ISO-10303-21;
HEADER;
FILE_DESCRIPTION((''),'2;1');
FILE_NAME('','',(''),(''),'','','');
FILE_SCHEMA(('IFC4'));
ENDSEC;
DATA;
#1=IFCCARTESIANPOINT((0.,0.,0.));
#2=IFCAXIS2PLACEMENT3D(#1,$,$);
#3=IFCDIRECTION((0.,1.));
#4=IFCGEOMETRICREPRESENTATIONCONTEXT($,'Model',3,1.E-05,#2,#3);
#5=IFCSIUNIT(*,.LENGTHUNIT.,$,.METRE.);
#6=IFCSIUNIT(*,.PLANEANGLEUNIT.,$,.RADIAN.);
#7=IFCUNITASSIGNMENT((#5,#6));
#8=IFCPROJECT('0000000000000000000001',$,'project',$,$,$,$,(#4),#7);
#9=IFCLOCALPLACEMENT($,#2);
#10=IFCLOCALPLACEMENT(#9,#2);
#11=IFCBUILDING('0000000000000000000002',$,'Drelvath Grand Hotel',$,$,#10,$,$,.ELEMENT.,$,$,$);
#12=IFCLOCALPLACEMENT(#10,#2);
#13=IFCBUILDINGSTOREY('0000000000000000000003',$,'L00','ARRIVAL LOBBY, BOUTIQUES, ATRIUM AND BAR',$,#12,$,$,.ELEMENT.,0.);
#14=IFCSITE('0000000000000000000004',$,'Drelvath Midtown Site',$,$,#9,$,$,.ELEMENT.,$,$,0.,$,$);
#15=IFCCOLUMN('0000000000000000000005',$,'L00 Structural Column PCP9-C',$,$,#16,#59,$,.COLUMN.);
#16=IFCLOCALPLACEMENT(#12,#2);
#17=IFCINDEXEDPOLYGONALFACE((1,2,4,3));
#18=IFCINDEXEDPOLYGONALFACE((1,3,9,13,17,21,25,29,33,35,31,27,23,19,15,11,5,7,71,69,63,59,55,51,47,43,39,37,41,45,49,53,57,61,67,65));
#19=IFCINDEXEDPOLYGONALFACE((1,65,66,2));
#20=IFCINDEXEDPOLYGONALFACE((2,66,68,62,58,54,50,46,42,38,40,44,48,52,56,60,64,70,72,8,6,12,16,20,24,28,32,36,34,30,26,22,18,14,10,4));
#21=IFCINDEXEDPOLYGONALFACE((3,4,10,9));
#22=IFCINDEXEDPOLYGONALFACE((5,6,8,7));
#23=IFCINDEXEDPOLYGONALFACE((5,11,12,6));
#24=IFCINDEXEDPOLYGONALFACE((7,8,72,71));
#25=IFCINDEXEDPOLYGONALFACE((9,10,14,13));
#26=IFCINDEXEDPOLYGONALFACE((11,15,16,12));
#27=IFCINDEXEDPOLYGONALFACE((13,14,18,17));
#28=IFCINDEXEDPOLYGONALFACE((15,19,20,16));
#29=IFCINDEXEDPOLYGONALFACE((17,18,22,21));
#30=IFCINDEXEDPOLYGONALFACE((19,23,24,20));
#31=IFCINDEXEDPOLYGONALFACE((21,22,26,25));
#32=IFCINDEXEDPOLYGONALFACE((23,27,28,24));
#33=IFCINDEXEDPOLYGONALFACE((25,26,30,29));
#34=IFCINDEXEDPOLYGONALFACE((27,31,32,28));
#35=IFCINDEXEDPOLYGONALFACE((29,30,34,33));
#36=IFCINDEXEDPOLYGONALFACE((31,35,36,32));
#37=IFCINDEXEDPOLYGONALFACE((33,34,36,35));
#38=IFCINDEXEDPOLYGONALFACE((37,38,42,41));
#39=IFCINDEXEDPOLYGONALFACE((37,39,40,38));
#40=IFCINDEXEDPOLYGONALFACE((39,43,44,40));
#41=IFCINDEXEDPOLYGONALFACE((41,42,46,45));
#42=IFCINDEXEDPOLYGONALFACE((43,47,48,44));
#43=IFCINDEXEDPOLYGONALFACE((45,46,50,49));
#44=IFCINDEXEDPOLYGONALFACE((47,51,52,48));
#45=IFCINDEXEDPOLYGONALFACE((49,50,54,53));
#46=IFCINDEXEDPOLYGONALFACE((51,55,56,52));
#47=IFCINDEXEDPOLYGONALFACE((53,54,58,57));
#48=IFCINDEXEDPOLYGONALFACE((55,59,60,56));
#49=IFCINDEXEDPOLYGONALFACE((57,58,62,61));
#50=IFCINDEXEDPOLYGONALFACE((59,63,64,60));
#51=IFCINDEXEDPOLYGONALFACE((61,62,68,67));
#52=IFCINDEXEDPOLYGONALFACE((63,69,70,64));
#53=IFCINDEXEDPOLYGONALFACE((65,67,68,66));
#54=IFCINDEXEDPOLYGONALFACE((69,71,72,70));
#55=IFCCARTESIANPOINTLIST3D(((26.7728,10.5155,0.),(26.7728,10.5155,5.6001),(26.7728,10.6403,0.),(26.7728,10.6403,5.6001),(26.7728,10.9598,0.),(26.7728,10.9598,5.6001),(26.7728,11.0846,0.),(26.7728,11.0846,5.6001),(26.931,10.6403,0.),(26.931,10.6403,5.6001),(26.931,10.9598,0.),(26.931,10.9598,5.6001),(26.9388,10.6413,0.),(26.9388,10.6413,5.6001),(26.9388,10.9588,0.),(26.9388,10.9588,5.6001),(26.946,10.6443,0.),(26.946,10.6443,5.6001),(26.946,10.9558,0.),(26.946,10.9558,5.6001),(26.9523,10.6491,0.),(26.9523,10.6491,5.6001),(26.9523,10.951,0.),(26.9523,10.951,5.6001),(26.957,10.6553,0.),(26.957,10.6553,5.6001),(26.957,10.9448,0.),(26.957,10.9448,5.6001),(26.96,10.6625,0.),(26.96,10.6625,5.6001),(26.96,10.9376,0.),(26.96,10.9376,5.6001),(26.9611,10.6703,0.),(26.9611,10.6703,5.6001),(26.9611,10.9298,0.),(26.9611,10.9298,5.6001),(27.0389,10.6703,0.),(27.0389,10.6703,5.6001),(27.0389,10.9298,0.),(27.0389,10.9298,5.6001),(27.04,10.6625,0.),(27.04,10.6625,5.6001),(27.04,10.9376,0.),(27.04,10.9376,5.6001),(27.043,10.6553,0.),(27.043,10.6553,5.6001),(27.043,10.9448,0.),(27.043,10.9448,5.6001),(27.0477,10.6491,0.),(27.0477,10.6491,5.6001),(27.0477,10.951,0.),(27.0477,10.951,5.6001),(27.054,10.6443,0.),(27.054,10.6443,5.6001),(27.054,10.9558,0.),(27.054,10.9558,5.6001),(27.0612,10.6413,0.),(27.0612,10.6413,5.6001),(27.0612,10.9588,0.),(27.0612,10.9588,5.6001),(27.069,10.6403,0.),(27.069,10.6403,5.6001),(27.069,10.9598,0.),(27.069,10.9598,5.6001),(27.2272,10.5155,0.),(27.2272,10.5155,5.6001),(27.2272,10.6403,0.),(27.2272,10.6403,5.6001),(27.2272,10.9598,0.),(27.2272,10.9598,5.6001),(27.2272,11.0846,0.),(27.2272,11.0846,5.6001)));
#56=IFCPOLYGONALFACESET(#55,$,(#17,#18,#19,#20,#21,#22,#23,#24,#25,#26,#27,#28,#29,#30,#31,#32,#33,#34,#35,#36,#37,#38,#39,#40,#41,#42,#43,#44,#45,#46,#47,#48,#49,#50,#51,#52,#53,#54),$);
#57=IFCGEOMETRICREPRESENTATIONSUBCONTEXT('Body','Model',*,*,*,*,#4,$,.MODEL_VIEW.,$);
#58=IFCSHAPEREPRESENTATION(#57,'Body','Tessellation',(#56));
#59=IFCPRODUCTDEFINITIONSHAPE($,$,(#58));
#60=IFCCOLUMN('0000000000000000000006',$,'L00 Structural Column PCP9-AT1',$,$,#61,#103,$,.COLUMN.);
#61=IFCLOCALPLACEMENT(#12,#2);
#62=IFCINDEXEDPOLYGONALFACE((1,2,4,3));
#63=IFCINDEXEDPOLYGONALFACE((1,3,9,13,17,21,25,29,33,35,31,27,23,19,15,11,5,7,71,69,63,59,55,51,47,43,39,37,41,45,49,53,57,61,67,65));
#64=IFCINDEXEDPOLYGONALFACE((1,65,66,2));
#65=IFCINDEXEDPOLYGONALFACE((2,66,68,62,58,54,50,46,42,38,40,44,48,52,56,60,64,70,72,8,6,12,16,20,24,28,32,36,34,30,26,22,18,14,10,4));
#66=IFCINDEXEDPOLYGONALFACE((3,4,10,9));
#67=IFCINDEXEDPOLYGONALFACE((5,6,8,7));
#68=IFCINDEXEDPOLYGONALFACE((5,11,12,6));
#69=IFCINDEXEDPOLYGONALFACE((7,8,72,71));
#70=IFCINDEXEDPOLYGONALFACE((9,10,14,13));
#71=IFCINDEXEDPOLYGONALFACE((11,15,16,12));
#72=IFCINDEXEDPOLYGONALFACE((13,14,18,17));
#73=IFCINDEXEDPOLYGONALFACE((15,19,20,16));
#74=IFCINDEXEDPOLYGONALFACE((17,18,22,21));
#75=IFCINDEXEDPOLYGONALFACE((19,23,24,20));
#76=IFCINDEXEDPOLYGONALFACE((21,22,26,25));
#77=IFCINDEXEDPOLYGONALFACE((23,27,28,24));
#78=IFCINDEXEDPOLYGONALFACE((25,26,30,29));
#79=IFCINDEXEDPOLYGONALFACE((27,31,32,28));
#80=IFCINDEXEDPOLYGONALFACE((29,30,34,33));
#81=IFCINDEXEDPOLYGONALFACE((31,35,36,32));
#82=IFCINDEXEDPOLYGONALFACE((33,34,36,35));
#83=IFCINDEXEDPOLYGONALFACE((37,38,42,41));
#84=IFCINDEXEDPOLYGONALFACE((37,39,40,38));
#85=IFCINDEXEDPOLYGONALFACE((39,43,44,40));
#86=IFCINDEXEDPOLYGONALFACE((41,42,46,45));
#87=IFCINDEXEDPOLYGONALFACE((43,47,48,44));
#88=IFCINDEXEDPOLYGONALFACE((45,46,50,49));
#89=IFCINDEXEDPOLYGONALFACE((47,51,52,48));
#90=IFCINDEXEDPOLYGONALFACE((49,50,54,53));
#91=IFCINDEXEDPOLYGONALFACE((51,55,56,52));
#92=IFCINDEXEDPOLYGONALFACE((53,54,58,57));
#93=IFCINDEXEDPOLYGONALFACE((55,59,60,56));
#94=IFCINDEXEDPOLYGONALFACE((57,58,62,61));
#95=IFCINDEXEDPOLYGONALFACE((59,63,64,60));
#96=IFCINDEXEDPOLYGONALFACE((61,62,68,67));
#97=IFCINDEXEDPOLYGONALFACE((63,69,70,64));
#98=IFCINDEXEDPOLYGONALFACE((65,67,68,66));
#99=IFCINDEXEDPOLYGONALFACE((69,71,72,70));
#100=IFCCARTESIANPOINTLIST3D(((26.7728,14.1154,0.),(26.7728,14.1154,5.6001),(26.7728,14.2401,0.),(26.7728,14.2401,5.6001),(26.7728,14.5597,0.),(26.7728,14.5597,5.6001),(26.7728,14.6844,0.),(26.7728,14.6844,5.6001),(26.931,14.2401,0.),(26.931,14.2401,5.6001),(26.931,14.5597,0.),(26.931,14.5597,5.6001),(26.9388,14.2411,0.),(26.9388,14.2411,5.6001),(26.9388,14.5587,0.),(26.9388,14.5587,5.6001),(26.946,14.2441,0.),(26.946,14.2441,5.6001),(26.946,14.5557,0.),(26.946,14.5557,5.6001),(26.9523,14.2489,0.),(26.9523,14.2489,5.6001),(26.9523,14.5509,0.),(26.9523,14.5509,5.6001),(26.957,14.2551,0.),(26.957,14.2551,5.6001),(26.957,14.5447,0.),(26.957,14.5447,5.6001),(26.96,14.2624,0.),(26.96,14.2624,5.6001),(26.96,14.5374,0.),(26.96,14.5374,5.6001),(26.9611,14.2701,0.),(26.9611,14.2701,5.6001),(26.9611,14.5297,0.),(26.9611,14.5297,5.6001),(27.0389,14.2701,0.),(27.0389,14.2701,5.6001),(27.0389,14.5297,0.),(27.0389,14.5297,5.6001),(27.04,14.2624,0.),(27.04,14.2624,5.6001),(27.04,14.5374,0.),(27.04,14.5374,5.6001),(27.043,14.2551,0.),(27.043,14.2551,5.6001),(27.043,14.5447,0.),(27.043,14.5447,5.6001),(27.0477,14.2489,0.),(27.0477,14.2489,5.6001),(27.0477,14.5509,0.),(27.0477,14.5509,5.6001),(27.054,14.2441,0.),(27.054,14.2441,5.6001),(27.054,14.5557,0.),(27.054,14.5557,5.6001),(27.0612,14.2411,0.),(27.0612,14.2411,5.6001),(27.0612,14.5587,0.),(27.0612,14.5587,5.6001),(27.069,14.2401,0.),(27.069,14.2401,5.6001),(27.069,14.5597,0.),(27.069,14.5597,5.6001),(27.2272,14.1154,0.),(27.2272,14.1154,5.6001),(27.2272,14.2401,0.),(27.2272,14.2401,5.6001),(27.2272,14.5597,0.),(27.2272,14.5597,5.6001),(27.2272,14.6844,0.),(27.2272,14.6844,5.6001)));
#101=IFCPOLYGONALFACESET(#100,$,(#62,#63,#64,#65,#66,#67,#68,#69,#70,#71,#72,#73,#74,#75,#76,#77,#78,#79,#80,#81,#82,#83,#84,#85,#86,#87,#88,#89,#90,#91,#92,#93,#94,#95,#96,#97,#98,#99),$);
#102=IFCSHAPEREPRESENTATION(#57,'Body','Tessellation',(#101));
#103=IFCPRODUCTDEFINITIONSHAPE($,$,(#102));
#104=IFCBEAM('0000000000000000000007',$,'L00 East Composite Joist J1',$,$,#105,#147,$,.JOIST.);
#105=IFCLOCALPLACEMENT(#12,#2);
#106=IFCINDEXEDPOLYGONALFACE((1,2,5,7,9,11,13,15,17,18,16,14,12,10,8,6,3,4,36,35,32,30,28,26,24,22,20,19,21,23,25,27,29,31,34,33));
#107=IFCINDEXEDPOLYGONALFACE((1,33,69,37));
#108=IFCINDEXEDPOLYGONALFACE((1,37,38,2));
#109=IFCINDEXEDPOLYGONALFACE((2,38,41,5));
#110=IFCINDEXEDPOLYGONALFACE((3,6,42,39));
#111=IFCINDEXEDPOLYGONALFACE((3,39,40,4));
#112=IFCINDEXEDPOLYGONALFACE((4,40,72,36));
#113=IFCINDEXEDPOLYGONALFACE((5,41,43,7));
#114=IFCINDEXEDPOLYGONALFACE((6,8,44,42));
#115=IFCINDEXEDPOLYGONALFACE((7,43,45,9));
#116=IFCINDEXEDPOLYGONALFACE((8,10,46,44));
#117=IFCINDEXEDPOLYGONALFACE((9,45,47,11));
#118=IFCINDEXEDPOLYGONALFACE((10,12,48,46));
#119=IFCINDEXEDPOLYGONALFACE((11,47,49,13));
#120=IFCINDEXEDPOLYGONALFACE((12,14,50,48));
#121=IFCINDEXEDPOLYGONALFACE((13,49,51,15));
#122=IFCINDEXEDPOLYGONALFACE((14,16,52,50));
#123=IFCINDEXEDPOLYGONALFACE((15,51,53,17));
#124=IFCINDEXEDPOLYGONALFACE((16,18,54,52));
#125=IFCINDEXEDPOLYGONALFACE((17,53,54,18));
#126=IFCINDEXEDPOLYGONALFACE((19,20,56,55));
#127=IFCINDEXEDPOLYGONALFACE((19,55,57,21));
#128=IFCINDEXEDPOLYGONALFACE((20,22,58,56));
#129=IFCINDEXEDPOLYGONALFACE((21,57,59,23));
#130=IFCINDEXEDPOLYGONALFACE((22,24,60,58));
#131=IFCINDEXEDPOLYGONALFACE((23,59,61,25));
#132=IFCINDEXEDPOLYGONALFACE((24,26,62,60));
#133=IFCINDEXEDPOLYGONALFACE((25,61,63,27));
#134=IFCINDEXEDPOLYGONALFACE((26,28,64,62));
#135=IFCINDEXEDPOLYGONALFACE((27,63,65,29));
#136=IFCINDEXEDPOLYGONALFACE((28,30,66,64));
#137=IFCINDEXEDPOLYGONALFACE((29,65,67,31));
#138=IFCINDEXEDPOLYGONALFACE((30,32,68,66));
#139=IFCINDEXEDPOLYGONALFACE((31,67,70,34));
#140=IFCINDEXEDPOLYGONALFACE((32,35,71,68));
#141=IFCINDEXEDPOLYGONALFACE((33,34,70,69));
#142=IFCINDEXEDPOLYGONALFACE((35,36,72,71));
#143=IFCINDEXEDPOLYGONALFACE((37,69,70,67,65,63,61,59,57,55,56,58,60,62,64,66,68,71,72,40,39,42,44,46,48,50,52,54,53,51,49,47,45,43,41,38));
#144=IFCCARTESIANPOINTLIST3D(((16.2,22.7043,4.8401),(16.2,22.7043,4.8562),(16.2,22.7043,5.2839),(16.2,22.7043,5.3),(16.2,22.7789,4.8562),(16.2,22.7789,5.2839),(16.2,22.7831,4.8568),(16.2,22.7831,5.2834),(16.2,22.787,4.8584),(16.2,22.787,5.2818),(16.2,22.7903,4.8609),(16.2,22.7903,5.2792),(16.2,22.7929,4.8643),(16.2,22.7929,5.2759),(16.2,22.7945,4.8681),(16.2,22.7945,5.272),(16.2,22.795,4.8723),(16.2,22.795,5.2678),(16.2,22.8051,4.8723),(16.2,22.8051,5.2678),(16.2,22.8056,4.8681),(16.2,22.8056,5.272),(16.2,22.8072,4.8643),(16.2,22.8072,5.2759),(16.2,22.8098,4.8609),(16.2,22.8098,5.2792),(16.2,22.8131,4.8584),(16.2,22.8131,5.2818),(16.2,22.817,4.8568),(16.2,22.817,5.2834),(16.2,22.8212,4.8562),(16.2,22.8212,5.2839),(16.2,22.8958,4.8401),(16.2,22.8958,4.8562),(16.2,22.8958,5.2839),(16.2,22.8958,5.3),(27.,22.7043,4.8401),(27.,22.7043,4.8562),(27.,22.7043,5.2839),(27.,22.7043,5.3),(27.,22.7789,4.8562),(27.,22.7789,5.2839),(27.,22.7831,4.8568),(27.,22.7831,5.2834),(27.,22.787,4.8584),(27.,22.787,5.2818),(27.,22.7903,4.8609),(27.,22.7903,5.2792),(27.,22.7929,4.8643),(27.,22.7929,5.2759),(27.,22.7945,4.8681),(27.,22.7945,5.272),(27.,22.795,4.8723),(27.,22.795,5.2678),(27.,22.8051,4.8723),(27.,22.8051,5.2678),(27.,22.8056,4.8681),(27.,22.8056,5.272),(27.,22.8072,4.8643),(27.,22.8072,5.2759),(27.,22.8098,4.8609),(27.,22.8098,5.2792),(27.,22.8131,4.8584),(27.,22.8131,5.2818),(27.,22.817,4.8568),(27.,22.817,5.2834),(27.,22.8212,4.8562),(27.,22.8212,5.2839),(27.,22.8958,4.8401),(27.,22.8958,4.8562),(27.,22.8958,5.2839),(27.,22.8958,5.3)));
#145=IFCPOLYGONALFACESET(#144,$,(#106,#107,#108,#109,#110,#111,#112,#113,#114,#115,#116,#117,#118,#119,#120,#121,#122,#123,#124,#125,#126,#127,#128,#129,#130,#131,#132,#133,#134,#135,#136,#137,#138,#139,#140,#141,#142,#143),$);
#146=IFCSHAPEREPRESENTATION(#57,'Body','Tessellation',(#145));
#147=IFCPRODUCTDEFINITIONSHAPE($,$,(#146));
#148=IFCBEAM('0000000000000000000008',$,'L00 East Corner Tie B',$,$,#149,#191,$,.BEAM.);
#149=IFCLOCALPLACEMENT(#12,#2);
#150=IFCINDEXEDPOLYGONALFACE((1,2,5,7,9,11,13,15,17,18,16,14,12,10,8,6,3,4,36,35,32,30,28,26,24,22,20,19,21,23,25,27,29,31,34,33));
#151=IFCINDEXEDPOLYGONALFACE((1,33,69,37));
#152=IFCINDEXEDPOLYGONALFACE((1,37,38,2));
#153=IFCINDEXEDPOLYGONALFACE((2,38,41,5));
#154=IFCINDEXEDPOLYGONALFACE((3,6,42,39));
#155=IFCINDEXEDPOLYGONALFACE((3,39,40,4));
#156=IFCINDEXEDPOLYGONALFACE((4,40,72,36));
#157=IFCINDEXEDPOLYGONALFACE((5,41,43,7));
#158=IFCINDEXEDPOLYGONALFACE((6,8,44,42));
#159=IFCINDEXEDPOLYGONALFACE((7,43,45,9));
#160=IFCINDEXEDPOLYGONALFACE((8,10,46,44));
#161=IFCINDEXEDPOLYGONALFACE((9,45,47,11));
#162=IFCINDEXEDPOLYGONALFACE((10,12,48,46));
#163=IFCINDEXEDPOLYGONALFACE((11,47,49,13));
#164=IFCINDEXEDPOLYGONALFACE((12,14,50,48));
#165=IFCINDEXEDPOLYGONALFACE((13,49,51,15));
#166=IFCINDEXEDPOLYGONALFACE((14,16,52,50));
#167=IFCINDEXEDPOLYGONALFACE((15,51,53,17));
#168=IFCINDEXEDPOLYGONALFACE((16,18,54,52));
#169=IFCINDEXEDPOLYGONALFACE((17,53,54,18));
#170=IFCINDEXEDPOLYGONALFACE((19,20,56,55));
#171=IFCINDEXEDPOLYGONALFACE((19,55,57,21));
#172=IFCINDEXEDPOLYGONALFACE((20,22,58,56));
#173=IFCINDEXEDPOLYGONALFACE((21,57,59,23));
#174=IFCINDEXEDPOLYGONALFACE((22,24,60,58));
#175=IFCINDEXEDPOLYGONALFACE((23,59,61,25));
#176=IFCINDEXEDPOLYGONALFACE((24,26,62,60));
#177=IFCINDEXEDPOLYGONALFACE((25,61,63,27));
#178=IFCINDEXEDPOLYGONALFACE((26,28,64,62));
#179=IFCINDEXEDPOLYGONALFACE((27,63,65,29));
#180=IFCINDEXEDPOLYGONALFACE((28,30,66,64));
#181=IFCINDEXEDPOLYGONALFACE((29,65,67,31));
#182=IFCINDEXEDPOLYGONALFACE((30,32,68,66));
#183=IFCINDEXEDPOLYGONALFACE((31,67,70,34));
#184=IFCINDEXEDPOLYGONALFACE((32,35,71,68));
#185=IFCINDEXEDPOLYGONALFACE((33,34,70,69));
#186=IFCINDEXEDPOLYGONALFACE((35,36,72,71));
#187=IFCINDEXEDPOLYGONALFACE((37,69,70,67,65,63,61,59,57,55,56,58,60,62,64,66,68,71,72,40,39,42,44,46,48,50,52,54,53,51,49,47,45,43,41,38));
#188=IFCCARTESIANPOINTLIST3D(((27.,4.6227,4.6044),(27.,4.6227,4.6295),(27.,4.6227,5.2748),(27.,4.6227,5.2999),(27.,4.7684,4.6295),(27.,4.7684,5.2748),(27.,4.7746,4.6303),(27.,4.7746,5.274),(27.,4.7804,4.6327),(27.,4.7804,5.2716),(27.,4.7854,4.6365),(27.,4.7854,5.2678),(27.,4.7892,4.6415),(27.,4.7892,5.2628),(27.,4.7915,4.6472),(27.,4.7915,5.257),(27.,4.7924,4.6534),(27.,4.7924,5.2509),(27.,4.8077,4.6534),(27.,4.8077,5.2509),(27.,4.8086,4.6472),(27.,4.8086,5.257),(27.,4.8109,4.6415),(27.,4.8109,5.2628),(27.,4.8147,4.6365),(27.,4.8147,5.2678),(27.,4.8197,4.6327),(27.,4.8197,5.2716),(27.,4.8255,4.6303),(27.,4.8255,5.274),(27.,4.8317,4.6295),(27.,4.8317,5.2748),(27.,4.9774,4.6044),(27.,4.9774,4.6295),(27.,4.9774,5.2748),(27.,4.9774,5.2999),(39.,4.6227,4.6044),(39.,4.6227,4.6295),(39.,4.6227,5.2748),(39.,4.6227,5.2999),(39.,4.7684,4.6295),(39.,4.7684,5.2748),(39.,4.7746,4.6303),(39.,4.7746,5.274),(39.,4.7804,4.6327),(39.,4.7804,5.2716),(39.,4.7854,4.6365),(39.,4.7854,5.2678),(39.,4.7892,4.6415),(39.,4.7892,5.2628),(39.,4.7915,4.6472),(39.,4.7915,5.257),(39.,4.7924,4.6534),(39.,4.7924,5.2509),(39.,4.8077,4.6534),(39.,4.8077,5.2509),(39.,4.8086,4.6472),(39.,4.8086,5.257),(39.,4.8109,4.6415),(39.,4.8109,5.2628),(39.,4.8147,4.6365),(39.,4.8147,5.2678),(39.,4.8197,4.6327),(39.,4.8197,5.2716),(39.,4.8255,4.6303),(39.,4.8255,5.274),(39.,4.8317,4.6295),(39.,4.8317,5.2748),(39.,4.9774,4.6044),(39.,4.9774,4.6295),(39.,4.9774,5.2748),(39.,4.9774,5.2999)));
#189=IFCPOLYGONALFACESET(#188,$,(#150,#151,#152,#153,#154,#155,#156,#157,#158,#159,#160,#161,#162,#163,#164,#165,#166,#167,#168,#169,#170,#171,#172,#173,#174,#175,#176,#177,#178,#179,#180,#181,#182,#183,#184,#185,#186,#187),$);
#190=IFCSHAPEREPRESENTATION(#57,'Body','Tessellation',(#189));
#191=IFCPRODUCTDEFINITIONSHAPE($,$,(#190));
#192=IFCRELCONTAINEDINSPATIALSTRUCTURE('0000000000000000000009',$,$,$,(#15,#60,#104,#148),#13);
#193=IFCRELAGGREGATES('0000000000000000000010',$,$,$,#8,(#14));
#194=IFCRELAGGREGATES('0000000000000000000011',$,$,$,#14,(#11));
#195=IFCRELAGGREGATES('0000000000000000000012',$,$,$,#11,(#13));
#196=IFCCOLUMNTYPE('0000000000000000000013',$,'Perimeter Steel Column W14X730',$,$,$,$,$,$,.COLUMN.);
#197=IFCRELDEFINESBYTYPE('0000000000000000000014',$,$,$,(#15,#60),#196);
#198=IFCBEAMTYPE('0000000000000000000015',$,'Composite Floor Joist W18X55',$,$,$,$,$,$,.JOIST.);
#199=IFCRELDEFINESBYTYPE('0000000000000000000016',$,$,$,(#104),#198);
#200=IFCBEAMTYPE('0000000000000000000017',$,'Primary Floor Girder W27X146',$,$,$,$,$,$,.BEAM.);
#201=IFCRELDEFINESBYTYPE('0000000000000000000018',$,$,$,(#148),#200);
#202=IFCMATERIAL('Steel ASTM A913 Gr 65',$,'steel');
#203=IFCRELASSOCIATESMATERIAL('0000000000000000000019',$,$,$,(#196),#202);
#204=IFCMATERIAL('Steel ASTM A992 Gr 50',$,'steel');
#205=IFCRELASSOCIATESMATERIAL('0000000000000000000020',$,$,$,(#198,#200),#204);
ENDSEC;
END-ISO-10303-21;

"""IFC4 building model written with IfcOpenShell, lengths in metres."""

from ifc_helpers import new_model, si_unit, direction, frame, origin, origin_2d, place, context, subcontext, project, spatial, i_section, extrude, material, material_profile, profile_set, type_object, element, save


model = new_model("IFC4")

# Units and contexts
model_context = context("Model", 3, precision=1e-05, world=origin(), true_north=direction((0.0, 1.0)))
body_context = subcontext(model_context, "Body", "Model", "MODEL_VIEW")
ifc_project = project(units=[si_unit("LENGTHUNIT", "METRE"), si_unit("PLANEANGLEUNIT", "RADIAN")], contexts=[model_context])

# Site, building, storey
site_placement = place(None, origin())
site = spatial("IfcSite", under=ifc_project, at=site_placement, Name="Drelvath Midtown Site", CompositionType="ELEMENT", RefElevation=0.0)
building_placement = place(site_placement, origin())
building = spatial("IfcBuilding", under=site, at=building_placement, Name="Drelvath Grand Hotel", CompositionType="ELEMENT")
storey_placement = place(building_placement, origin())
storey = spatial("IfcBuildingStorey", under=building, at=storey_placement, Name="L00", Description="ARRIVAL LOBBY, BOUTIQUES, ATRIUM AND BAR", CompositionType="ELEMENT", Elevation=0.0)

# Columns
ifc_material_1 = material(Name="Steel ASTM A913 Gr 65", Category="steel")
ifc_material_profile_1 = material_profile(ifc_material_1, i_section(OverallWidth=0.4543, OverallDepth=0.5691, WebThickness=0.0779, FlangeThickness=0.1248, FilletRadius=0.03, at=origin_2d()), Name="W14X730")
ifc_profile_set_1 = profile_set([ifc_material_profile_1], Name="Steel ASTM A913 Gr 65")
column_type_1 = type_object("IfcColumnType", Name="Perimeter Steel Column W14X730", PredefinedType="COLUMN", material=ifc_profile_set_1)
for number, where, z_axis, x_axis, name in (
    (1, (27.0, 10.8, 0.0), (0.0, 0.0, 1.0), (1.0, 0.0, 0.0), "L00 Structural Column PCP9-C"),
    (2, (27.0, 14.3999, 0.0), (0.0, 0.0, 1.0), (1.0, 0.0, 0.0), "L00 Structural Column PCP9-AT1"),
):
    element("IfcColumn", number, at=place(storey_placement, frame(where, z_axis=z_axis, x_axis=x_axis)), inside=storey, type_object=column_type_1, Name=name, PredefinedType="COLUMN", context=body_context, shape_type="SweptSolid", body=[
        extrude(i_section(OverallWidth=0.4543, OverallDepth=0.5691, WebThickness=0.0779, FlangeThickness=0.1248, FilletRadius=0.03, at=origin_2d()), origin(), (0.0, 0.0, 1.0), 5.6001),
    ])

# Beams
ifc_material_2 = material(Name="Steel ASTM A992 Gr 50", Category="steel")
ifc_material_profile_2 = material_profile(ifc_material_2, i_section(OverallWidth=0.1914, OverallDepth=0.46, WebThickness=0.01, FlangeThickness=0.0161, FilletRadius=0.0161, at=origin_2d()), Name="W18X55")
ifc_profile_set_2 = profile_set([ifc_material_profile_2], Name="Steel ASTM A992 Gr 50")
beam_type_1 = type_object("IfcBeamType", Name="Composite Floor Joist W18X55", PredefinedType="JOIST", material=ifc_profile_set_2)
beam_1_placement = place(storey_placement, frame((16.2, 22.8, 5.0701), z_axis=(1.0, 0.0, 0.0), x_axis=(0.0, 1.0, 0.0)))
element("IfcBeam", 3, at=beam_1_placement, inside=storey, type_object=beam_type_1, Name="L00 East Composite Joist J1", PredefinedType="JOIST", context=body_context, shape_type="SweptSolid", body=[
    extrude(i_section(OverallWidth=0.1914, OverallDepth=0.46, WebThickness=0.01, FlangeThickness=0.0161, FilletRadius=0.0161, at=origin_2d()), origin(), (0.0, 0.0, 1.0), 10.8),
])
ifc_material_profile_3 = material_profile(ifc_material_2, i_section(OverallWidth=0.3547, OverallDepth=0.6956, WebThickness=0.0154, FlangeThickness=0.0251, FilletRadius=0.0239, at=origin_2d()), Name="W27X146")
ifc_profile_set_3 = profile_set([ifc_material_profile_3], Name="Steel ASTM A992 Gr 50")
beam_type_2 = type_object("IfcBeamType", Name="Primary Floor Girder W27X146", PredefinedType="BEAM", material=ifc_profile_set_3)
beam_2_placement = place(storey_placement, frame((27.0, 4.8, 4.9521), z_axis=(1.0, 0.0, 0.0), x_axis=(0.0, 1.0, 0.0)))
element("IfcBeam", 4, at=beam_2_placement, inside=storey, type_object=beam_type_2, Name="L00 East Corner Tie B", PredefinedType="BEAM", context=body_context, shape_type="SweptSolid", body=[
    extrude(i_section(OverallWidth=0.3547, OverallDepth=0.6956, WebThickness=0.0154, FlangeThickness=0.0251, FilletRadius=0.0239, at=origin_2d()), origin(), (0.0, 0.0, 1.0), 12.0),
])

save(model, "model.ifc")
